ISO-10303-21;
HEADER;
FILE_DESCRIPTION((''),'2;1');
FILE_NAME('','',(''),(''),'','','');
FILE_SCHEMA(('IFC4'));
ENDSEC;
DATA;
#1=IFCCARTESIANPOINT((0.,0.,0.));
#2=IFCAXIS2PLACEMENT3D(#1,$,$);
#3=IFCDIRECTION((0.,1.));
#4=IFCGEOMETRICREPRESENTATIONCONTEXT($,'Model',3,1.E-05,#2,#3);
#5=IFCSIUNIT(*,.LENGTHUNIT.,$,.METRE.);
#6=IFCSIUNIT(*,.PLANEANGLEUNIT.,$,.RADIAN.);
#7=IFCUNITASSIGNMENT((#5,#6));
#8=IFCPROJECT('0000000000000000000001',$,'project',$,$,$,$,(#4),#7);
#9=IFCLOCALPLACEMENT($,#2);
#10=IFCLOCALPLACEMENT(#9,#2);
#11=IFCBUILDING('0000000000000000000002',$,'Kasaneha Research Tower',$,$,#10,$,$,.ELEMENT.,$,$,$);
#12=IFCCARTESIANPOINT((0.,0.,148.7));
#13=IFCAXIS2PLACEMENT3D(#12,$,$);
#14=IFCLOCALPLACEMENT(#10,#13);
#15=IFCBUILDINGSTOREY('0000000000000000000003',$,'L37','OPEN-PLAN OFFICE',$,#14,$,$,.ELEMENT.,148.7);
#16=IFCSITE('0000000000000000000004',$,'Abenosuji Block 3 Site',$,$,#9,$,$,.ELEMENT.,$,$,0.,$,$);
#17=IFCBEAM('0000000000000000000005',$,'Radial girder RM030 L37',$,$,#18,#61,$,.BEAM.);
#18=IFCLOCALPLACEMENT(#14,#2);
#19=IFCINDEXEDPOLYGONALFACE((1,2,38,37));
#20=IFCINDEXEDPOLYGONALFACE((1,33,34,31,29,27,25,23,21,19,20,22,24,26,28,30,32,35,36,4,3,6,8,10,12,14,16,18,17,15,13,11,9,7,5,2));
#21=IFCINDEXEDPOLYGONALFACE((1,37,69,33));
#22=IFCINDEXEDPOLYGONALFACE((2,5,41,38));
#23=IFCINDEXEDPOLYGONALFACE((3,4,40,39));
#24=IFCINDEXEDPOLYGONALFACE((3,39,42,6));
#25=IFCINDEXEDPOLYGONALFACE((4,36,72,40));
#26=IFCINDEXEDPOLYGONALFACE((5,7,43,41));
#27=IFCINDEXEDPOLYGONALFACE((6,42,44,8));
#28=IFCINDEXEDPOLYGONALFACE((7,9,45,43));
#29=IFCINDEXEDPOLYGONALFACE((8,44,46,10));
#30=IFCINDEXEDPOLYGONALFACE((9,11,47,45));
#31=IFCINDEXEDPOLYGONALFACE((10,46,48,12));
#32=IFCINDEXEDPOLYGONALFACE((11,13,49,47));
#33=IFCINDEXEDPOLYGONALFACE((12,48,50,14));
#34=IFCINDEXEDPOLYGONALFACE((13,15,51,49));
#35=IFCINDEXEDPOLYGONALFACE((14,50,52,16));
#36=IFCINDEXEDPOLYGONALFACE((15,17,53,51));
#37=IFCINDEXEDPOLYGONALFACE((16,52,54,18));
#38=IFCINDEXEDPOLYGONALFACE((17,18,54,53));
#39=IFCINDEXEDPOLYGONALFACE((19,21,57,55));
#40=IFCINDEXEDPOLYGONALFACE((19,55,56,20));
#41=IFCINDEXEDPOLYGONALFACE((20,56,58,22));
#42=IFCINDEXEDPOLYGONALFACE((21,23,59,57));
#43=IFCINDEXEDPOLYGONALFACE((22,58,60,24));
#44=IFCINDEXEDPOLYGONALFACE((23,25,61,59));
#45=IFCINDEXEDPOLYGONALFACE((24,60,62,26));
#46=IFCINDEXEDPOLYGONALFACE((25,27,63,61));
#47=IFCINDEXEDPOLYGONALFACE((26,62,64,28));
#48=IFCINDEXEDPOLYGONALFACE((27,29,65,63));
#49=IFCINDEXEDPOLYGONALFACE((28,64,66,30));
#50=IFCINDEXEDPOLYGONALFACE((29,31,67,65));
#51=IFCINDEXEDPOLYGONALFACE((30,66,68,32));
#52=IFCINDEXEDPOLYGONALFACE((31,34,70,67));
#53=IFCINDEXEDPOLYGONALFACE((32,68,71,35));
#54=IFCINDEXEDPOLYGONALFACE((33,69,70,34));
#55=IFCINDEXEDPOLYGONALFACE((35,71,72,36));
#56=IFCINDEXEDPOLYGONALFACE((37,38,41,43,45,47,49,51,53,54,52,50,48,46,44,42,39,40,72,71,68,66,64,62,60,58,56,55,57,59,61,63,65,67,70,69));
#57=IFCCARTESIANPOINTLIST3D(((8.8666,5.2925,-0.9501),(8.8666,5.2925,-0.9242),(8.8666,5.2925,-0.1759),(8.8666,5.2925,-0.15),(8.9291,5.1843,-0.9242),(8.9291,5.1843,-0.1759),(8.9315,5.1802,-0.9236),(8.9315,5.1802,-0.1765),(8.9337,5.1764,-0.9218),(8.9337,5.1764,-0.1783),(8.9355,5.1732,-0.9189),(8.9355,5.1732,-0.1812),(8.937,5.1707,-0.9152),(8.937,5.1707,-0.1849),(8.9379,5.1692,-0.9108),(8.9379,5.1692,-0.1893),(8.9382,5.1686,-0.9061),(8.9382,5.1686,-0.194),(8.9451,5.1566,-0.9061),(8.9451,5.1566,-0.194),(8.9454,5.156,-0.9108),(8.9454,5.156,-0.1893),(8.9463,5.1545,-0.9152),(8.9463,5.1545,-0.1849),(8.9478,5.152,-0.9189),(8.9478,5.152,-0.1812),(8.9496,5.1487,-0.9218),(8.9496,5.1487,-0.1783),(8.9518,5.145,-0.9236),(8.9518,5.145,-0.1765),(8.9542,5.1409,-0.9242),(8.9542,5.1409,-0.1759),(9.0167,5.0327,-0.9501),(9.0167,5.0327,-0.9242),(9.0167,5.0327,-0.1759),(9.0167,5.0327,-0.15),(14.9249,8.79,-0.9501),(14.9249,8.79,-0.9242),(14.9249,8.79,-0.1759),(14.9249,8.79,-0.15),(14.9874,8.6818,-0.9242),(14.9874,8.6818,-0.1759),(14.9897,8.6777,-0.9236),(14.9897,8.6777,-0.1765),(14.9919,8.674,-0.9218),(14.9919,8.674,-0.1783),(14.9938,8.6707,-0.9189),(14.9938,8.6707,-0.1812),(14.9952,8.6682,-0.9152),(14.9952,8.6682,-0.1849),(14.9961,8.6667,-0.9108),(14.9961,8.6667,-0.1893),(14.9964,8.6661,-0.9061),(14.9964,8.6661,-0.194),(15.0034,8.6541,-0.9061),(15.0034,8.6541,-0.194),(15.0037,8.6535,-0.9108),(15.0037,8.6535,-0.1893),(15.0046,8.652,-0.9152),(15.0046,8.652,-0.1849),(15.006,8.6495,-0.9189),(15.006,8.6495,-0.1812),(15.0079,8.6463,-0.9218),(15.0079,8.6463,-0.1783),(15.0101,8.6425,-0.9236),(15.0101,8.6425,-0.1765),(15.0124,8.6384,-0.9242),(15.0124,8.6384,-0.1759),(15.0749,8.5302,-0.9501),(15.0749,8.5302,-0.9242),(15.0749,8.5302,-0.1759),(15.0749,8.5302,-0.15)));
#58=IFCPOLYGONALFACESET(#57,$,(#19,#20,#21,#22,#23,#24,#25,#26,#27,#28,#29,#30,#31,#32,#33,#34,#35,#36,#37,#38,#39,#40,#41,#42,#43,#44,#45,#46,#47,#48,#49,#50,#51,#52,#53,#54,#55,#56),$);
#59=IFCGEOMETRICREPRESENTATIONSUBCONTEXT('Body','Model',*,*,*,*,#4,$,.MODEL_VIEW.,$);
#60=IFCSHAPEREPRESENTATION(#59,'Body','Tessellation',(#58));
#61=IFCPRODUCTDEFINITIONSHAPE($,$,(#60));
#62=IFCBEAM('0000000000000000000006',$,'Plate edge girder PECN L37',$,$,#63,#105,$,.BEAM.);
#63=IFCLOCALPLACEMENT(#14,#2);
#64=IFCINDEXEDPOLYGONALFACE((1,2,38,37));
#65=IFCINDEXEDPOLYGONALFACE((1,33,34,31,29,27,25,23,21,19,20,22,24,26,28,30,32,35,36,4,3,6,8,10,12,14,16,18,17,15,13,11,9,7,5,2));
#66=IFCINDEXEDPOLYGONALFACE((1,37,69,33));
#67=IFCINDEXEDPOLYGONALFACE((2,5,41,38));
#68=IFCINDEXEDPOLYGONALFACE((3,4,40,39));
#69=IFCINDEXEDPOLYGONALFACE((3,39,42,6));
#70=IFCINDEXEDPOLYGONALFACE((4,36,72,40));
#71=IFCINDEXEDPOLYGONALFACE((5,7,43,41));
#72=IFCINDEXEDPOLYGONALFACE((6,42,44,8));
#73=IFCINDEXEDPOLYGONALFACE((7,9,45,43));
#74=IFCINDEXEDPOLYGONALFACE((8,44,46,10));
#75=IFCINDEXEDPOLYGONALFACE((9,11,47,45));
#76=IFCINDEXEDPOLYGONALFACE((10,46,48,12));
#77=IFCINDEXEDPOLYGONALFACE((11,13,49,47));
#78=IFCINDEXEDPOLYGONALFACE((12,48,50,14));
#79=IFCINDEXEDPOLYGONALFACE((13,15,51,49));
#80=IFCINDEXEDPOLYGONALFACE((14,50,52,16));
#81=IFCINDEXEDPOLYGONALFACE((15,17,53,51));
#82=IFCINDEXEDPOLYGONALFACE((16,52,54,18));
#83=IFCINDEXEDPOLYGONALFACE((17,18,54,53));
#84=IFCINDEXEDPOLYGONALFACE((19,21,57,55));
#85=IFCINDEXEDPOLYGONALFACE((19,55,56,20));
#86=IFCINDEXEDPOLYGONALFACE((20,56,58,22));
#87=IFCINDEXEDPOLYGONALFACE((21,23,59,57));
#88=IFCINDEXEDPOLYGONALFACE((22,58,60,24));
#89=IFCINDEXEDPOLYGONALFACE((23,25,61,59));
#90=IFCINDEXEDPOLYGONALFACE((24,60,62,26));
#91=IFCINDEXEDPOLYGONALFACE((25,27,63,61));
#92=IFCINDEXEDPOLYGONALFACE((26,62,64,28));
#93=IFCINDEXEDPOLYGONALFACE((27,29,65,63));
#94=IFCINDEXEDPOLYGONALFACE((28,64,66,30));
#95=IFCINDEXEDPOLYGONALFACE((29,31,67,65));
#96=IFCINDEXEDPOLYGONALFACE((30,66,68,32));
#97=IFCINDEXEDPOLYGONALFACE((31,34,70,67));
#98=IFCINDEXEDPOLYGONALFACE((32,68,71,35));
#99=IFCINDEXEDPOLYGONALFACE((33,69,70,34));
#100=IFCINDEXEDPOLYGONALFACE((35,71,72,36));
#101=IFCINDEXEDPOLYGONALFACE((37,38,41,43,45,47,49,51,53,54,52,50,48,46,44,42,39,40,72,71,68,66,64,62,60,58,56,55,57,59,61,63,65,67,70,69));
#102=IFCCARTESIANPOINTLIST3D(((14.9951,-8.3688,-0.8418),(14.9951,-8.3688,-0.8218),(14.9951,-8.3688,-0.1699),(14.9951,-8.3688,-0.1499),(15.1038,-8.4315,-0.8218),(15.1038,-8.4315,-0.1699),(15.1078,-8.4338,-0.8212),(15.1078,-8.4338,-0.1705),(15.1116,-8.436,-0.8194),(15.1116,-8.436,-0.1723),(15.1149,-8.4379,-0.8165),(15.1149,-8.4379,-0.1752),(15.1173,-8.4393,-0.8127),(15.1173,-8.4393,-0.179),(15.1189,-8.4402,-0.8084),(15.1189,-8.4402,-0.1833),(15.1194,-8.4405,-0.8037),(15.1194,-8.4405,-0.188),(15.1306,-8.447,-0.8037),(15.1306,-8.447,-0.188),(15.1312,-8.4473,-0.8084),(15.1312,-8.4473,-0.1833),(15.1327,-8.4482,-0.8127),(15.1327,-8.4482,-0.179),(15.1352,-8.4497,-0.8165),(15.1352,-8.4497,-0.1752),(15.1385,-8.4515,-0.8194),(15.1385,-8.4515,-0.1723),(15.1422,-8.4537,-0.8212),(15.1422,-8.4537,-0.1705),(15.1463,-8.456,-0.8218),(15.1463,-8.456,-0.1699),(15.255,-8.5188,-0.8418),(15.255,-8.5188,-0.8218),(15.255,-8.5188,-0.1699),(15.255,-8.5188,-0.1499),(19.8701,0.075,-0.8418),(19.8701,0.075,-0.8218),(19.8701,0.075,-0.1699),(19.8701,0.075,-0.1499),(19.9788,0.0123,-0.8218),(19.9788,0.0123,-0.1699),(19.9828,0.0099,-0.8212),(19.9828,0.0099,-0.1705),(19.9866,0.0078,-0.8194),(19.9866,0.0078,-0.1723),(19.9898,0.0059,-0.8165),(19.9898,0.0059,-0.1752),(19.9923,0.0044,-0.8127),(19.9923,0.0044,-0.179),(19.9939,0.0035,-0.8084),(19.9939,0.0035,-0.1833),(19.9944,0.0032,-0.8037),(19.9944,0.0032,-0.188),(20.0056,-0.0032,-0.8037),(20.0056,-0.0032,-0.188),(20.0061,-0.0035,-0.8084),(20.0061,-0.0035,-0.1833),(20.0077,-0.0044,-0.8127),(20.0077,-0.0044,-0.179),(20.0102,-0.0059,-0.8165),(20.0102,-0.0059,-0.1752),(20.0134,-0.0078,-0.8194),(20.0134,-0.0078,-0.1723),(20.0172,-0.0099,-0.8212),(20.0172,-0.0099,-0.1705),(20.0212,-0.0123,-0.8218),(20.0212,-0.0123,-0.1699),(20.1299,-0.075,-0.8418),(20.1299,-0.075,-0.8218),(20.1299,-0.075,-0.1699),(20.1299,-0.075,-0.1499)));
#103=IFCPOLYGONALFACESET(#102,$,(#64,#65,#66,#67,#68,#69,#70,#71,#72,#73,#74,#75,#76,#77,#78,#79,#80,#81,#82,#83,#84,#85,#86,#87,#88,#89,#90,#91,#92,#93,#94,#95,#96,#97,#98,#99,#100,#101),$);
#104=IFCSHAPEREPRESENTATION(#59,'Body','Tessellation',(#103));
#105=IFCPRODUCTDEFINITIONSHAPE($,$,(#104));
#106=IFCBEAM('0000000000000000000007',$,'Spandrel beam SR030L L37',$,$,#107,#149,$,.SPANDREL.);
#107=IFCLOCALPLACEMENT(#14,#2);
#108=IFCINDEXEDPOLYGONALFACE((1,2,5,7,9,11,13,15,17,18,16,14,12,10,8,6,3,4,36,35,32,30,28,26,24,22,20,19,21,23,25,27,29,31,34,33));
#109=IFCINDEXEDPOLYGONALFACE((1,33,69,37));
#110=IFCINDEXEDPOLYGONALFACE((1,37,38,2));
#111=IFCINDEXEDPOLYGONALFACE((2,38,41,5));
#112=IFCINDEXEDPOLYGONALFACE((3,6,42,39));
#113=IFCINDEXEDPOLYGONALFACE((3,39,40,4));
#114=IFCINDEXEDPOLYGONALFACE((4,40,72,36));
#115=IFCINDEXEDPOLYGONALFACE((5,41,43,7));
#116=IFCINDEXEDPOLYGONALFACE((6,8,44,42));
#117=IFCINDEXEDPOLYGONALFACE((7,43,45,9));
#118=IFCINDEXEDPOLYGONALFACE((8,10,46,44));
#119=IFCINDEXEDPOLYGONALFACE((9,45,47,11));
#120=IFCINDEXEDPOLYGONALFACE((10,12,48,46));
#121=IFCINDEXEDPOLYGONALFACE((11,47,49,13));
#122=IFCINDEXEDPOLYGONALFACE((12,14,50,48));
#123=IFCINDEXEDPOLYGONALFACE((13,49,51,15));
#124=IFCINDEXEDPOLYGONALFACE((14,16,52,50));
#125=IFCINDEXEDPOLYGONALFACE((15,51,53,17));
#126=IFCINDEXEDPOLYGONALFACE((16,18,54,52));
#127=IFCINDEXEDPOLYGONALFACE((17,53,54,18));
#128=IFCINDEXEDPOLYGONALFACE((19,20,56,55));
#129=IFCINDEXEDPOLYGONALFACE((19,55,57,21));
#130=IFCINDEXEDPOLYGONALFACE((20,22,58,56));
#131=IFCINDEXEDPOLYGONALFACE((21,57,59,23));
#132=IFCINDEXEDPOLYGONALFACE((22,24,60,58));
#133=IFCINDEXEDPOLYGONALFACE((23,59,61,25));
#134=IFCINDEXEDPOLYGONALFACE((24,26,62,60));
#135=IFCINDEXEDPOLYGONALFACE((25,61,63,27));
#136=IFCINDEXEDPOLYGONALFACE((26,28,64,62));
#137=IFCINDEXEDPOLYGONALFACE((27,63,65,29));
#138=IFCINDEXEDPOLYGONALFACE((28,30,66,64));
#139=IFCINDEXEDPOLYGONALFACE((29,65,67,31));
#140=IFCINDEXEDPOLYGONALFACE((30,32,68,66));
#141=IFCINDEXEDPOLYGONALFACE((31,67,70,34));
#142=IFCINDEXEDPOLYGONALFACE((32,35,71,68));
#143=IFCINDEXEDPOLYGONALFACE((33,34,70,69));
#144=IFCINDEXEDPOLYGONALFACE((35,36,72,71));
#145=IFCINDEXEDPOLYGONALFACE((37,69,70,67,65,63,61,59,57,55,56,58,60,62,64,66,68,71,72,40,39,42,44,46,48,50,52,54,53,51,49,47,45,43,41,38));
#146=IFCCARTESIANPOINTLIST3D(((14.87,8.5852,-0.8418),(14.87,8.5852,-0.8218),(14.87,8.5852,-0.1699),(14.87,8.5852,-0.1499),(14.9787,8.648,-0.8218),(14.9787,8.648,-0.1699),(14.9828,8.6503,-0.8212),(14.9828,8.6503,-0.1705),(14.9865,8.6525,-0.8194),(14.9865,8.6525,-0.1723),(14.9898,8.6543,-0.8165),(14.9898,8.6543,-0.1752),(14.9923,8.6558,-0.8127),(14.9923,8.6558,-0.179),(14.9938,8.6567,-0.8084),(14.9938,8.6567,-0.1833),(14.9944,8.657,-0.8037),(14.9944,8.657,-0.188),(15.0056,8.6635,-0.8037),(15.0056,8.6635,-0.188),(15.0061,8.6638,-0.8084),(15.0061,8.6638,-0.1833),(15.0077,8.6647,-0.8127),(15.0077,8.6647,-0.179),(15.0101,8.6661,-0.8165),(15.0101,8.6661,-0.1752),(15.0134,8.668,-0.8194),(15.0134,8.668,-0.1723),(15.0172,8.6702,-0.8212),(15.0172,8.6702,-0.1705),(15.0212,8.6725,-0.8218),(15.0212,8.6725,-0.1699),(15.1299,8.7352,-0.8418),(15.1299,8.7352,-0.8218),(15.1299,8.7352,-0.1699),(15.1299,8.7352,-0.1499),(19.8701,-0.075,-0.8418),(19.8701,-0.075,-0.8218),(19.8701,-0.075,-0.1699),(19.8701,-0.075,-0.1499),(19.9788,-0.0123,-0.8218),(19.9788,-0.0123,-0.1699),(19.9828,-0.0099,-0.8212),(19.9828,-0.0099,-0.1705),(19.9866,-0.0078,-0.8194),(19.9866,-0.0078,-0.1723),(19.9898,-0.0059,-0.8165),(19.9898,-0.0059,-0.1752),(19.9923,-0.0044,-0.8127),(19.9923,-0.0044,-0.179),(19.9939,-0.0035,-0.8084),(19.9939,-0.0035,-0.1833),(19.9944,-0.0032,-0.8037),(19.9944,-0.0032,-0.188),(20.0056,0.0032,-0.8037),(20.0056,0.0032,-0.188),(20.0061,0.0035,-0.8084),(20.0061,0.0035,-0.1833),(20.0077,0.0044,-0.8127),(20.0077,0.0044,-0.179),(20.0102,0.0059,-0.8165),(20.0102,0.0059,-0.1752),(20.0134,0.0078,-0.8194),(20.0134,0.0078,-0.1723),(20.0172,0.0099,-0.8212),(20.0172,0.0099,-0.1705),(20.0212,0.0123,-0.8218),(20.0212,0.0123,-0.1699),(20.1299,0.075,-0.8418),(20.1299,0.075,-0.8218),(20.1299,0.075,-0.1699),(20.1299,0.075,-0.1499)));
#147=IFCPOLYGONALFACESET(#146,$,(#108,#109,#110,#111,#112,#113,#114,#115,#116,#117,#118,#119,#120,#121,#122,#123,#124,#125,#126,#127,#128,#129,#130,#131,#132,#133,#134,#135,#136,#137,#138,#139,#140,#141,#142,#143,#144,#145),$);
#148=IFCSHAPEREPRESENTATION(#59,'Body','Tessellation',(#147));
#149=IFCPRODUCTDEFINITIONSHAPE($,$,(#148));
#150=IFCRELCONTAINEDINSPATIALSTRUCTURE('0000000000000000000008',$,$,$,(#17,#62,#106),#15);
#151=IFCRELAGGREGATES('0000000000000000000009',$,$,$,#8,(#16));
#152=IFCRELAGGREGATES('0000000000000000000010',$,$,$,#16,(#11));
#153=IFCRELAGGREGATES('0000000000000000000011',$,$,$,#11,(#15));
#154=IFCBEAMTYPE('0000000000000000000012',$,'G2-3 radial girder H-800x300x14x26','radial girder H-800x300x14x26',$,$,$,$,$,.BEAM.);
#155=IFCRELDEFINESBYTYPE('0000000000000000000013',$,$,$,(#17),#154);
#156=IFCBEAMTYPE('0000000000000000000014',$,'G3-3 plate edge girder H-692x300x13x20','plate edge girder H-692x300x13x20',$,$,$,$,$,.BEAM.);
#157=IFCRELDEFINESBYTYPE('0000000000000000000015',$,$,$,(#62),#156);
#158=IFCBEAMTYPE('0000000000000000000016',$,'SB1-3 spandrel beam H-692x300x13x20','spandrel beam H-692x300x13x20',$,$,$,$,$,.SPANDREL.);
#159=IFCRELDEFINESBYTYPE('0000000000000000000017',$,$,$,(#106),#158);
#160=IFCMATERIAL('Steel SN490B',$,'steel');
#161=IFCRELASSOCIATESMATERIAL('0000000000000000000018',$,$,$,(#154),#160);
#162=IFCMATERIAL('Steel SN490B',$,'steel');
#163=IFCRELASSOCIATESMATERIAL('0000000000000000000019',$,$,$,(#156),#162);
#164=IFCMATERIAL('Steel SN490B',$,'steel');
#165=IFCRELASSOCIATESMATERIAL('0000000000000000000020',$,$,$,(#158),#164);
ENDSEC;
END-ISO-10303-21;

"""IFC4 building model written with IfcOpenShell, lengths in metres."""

from ifc_helpers import new_model, si_unit, direction, frame, origin, origin_2d, place, context, subcontext, project, spatial, i_section, extrude, material, material_profile, profile_set, type_object, element, save


model = new_model("IFC4")

# Units and contexts
model_context = context("Model", 3, precision=1e-05, world=origin(), true_north=direction((0.0, 1.0)))
body_context = subcontext(model_context, "Body", "Model", "MODEL_VIEW")
ifc_project = project(units=[si_unit("LENGTHUNIT", "METRE"), si_unit("PLANEANGLEUNIT", "RADIAN")], contexts=[model_context])

# Site, building, storey
site_placement = place(None, origin())
site = spatial("IfcSite", under=ifc_project, at=site_placement, Name="Abenosuji Block 3 Site", CompositionType="ELEMENT", RefElevation=0.0)
building_placement = place(site_placement, origin())
building = spatial("IfcBuilding", under=site, at=building_placement, Name="Kasaneha Research Tower", CompositionType="ELEMENT")
storey_placement = place(building_placement, frame((0.0, 0.0, 148.7)))
storey = spatial("IfcBuildingStorey", under=building, at=storey_placement, Name="L37", Description="OPEN-PLAN OFFICE", CompositionType="ELEMENT", Elevation=148.7)

# Beams
ifc_material_1 = material(Name="Steel SN490B", Category="steel")
ifc_material_profile_1 = material_profile(ifc_material_1, i_section(OverallWidth=0.3, OverallDepth=0.8, WebThickness=0.0139, FlangeThickness=0.0259, FilletRadius=0.0181, at=origin_2d()), Name="H-800x300x14x26")
ifc_profile_set_1 = profile_set([ifc_material_profile_1], Name="Steel SN490B")
beam_type_1 = type_object("IfcBeamType", Name="G2-3 radial girder H-800x300x14x26", Description="radial girder H-800x300x14x26", PredefinedType="BEAM", material=ifc_profile_set_1)
beam_1_placement = place(storey_placement, frame((8.9417, 5.1626, -0.55), z_axis=(0.86604, 0.499975, 0.0), x_axis=(-0.499975, 0.86604, 0.0)))
element("IfcBeam", 1, at=beam_1_placement, inside=storey, type_object=beam_type_1, Name="Radial girder RM030 L37", PredefinedType="BEAM", context=body_context, shape_type="SweptSolid", body=[
    extrude(i_section(OverallWidth=0.3, OverallDepth=0.8, WebThickness=0.0139, FlangeThickness=0.0259, FilletRadius=0.0181, at=origin_2d()), origin(), (0.0, 0.0, 1.0), 6.9954),
])
ifc_material_2 = material(Name="Steel SN490B", Category="steel")
ifc_material_profile_2 = material_profile(ifc_material_2, i_section(OverallWidth=0.3, OverallDepth=0.6919, WebThickness=0.0129, FlangeThickness=0.02, FilletRadius=0.0181, at=origin_2d()), Name="H-692x300x13x20")
ifc_profile_set_2 = profile_set([ifc_material_profile_2], Name="Steel SN490B")
beam_type_2 = type_object("IfcBeamType", Name="G3-3 plate edge girder H-692x300x13x20", Description="plate edge girder H-692x300x13x20", PredefinedType="BEAM", material=ifc_profile_set_2)
beam_2_placement = place(storey_placement, frame((20.0, 0.0, -0.4958), z_axis=(-0.499996, -0.866028, 0.0), x_axis=(0.866028, -0.499996, 0.0)))
element("IfcBeam", 2, at=beam_2_placement, inside=storey, type_object=beam_type_2, Name="Plate edge girder PECN L37", PredefinedType="BEAM", context=body_context, shape_type="SweptSolid", body=[
    extrude(i_section(OverallWidth=0.3, OverallDepth=0.6919, WebThickness=0.0129, FlangeThickness=0.02, FilletRadius=0.0181, at=origin_2d()), origin(), (0.0, 0.0, 1.0), 9.75),
])
ifc_material_3 = material(Name="Steel SN490B", Category="steel")
ifc_material_profile_3 = material_profile(ifc_material_3, i_section(OverallWidth=0.3, OverallDepth=0.6919, WebThickness=0.0129, FlangeThickness=0.02, FilletRadius=0.0181, at=origin_2d()), Name="H-692x300x13x20")
ifc_profile_set_3 = profile_set([ifc_material_profile_3], Name="Steel SN490B")
beam_type_3 = type_object("IfcBeamType", Name="SB1-3 spandrel beam H-692x300x13x20", Description="spandrel beam H-692x300x13x20", PredefinedType="SPANDREL", material=ifc_profile_set_3)
beam_3_placement = place(storey_placement, frame((20.0, 0.0, -0.4958), z_axis=(-0.500004, 0.866023, 0.0), x_axis=(-0.866023, -0.500004, 0.0)))
element("IfcBeam", 3, at=beam_3_placement, inside=storey, type_object=beam_type_3, Name="Spandrel beam SR030L L37", PredefinedType="SPANDREL", context=body_context, shape_type="SweptSolid", body=[
    extrude(i_section(OverallWidth=0.3, OverallDepth=0.6919, WebThickness=0.0129, FlangeThickness=0.02, FilletRadius=0.0181, at=origin_2d()), origin(), (0.0, 0.0, 1.0), 10.0),
])

save(model, "model.ifc")
